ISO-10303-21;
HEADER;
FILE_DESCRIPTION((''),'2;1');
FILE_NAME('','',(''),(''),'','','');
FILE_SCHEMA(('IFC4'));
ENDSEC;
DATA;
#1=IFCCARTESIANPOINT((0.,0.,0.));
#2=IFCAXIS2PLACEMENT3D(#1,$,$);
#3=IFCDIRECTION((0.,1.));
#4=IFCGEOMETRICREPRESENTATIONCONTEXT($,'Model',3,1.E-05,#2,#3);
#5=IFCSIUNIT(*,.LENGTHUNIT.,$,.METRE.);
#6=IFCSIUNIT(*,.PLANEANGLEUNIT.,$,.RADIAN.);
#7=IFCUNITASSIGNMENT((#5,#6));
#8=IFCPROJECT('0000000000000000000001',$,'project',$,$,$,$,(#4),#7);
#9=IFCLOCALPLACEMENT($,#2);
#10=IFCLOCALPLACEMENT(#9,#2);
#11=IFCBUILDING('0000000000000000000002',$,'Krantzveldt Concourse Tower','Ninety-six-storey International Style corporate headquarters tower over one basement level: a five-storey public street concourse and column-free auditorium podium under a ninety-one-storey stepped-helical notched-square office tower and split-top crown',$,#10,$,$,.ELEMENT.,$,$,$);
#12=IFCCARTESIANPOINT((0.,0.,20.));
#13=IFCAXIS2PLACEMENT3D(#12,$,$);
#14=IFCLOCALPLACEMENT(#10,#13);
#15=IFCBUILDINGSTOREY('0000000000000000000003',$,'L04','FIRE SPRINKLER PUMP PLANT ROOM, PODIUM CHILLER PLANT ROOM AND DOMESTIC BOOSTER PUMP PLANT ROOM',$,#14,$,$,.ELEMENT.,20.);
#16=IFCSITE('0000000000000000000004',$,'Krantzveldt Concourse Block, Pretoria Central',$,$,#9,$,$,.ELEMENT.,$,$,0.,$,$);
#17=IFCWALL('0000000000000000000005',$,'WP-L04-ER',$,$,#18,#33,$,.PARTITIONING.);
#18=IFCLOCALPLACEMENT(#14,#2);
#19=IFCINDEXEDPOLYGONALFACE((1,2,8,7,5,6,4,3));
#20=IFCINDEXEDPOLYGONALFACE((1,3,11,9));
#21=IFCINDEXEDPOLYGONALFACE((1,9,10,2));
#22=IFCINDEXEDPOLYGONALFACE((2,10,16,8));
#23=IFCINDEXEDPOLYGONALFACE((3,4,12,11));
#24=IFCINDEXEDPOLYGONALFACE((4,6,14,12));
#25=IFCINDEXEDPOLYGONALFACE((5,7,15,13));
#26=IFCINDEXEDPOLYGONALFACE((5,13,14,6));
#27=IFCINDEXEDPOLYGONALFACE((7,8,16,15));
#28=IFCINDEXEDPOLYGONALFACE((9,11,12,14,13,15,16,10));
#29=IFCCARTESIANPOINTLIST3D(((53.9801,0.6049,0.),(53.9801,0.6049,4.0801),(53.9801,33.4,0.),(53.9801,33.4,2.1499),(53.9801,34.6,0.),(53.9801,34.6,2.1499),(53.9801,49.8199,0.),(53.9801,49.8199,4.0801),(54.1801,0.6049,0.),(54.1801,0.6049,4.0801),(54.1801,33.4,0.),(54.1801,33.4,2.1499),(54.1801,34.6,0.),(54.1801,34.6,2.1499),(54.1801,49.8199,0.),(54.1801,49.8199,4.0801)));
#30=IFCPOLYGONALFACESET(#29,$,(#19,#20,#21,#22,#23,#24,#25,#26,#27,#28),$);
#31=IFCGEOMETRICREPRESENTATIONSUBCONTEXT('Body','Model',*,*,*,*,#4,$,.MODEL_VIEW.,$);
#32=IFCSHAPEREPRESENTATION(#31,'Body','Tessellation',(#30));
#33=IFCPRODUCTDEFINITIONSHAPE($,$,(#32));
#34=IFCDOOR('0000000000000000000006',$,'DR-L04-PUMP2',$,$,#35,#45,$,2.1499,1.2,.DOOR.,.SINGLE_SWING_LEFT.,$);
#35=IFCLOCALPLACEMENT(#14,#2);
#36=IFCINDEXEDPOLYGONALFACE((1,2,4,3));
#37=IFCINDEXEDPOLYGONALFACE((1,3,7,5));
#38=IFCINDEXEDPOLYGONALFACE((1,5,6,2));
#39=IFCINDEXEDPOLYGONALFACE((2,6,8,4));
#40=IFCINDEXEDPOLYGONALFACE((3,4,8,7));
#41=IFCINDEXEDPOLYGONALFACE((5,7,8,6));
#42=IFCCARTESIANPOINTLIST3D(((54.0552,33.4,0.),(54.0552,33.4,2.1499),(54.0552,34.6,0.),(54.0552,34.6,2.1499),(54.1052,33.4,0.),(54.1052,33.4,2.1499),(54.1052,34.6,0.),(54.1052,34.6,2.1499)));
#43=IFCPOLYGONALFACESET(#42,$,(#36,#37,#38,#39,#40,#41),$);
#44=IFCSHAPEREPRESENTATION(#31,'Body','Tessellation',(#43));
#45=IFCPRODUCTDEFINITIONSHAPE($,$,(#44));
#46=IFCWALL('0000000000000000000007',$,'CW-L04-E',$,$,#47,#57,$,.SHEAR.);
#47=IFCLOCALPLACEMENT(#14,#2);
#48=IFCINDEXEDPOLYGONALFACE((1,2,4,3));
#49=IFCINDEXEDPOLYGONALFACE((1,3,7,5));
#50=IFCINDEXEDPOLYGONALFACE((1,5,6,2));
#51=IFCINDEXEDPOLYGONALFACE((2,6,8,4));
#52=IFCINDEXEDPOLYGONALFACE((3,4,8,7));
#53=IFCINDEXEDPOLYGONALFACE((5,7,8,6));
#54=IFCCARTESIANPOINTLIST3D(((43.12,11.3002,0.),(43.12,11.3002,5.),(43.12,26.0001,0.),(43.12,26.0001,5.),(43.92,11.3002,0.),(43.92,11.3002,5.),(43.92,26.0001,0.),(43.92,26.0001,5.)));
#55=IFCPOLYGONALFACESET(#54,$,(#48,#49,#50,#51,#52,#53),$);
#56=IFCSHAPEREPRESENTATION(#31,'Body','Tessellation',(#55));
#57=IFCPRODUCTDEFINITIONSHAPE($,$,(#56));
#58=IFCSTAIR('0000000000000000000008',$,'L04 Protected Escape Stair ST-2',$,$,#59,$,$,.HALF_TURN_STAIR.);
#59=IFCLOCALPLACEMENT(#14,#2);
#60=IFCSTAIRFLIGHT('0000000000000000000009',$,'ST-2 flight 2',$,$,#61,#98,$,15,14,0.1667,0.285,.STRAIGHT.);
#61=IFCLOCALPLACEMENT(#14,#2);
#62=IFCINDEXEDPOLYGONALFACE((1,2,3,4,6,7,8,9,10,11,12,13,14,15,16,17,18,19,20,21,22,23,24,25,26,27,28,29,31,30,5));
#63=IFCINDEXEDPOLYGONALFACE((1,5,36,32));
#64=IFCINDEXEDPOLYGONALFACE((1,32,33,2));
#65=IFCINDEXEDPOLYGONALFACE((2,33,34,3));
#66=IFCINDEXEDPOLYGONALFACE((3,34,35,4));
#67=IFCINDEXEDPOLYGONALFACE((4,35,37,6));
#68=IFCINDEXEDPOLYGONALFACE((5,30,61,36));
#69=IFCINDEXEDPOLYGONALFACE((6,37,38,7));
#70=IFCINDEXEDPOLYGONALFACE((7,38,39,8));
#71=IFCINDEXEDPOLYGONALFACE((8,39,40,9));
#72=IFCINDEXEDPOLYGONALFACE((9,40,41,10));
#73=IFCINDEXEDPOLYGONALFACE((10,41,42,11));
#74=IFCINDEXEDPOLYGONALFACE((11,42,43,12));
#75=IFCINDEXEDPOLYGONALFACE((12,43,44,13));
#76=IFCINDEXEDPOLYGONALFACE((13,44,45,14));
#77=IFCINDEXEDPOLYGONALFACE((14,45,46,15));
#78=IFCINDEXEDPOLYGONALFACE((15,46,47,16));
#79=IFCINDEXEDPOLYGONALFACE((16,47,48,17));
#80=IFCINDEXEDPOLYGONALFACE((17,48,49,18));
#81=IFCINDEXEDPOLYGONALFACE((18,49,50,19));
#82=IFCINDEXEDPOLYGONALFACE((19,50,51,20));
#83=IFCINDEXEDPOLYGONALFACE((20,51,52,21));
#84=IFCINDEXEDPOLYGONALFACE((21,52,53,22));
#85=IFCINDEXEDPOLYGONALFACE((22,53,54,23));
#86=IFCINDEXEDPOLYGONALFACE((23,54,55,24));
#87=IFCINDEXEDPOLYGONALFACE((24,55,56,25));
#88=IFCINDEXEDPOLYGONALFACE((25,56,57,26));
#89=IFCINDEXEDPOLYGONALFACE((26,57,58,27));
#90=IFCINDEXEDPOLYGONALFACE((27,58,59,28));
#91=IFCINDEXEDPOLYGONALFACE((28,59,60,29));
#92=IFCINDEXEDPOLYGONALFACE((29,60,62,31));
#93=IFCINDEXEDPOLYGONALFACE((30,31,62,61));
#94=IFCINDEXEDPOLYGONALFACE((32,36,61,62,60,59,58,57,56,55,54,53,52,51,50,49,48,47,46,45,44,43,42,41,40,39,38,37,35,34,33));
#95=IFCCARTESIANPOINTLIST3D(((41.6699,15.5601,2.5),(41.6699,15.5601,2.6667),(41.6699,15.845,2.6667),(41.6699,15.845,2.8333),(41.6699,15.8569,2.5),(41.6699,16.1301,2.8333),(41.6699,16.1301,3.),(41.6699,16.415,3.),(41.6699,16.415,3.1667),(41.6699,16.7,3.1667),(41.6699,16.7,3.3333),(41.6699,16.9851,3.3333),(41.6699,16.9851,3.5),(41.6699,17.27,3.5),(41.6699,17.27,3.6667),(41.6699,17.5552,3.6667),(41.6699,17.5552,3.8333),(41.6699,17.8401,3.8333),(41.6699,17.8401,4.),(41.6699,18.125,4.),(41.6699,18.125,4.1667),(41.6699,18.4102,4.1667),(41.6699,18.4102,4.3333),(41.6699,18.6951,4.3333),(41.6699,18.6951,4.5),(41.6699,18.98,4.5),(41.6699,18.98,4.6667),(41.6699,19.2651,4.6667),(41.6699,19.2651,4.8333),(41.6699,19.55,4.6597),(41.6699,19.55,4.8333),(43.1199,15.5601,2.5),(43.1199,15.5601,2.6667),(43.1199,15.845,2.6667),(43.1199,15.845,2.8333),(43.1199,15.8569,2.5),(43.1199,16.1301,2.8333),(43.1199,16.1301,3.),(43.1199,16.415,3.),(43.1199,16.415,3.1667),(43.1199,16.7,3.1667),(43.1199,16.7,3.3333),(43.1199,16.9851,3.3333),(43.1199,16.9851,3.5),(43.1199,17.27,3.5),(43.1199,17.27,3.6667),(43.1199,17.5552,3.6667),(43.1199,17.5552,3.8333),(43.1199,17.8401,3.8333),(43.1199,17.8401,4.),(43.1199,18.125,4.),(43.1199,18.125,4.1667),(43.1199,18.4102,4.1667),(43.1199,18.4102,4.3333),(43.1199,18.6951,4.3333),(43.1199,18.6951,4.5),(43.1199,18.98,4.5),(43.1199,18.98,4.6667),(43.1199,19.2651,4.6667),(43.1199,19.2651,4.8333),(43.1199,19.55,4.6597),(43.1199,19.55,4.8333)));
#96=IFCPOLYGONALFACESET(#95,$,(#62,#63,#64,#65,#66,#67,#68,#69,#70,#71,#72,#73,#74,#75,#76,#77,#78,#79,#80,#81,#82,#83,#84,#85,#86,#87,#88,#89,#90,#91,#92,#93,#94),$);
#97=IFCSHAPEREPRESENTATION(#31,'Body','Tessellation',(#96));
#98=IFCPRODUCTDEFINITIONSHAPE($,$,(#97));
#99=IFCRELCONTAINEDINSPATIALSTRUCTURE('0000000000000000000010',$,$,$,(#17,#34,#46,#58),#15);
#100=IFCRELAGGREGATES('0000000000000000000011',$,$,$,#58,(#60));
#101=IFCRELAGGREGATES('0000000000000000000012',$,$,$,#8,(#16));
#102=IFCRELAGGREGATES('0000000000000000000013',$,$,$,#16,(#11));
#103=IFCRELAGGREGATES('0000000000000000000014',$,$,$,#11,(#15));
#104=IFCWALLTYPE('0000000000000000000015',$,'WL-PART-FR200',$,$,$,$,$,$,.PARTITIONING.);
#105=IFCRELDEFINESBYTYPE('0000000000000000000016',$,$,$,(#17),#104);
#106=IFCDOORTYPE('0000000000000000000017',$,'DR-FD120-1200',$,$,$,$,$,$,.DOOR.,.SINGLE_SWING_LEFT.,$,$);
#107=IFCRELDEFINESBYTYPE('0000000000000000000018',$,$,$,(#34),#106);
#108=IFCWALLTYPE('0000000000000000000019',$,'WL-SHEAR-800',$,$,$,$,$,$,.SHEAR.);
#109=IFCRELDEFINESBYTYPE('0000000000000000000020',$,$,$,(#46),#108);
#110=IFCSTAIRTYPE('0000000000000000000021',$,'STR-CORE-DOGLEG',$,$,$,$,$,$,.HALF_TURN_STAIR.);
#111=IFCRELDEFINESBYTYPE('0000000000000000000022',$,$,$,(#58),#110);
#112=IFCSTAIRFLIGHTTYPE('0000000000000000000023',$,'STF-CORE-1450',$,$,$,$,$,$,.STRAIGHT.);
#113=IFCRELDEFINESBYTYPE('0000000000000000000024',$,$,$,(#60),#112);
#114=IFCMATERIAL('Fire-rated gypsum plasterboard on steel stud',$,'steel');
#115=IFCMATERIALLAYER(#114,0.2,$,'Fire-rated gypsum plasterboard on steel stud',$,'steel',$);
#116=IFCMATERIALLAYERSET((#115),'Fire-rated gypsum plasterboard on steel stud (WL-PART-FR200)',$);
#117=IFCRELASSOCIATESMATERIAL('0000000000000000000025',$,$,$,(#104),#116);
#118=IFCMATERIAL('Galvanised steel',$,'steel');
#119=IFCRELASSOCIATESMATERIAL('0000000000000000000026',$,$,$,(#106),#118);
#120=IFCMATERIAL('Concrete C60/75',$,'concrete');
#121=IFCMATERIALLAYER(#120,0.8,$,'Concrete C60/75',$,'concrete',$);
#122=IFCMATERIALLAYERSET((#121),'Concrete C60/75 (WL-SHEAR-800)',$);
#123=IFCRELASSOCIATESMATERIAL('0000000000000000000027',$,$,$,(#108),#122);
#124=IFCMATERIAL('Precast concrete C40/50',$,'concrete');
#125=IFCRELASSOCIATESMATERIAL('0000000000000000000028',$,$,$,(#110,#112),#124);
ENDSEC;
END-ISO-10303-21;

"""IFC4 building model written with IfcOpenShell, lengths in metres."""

from ifc_helpers import new_model, si_unit, direction, frame, frame_2d, origin, place, context, subcontext, project, spatial, polyline, rectangle, outline, extrude, material, layer, layer_set, type_object, element, fill, aggregate, save


model = new_model("IFC4")

# Units and contexts
model_context = context("Model", 3, precision=1e-05, world=origin(), true_north=direction((0.0, 1.0)))
body_context = subcontext(model_context, "Body", "Model", "MODEL_VIEW")
ifc_project = project(units=[si_unit("LENGTHUNIT", "METRE"), si_unit("PLANEANGLEUNIT", "RADIAN")], contexts=[model_context])

# Site, building, storey
site_placement = place(None, origin())
site = spatial("IfcSite", under=ifc_project, at=site_placement, Name="Krantzveldt Concourse Block, Pretoria Central", CompositionType="ELEMENT", RefElevation=0.0)
building_placement = place(site_placement, origin())
building = spatial("IfcBuilding", under=site, at=building_placement, Name="Krantzveldt Concourse Tower", Description="Ninety-six-storey International Style corporate headquarters tower over one basement level: a five-storey public street concourse and column-free auditorium podium under a ninety-one-storey stepped-helical notched-square office tower and split-top crown", CompositionType="ELEMENT")
storey_placement = place(building_placement, frame((0.0, 0.0, 20.0)))
storey = spatial("IfcBuildingStorey", under=building, at=storey_placement, Name="L04", Description="FIRE SPRINKLER PUMP PLANT ROOM, PODIUM CHILLER PLANT ROOM AND DOMESTIC BOOSTER PUMP PLANT ROOM", CompositionType="ELEMENT", Elevation=20.0)

# Shared definitions
ifc_material_1 = material(Name="Concrete C60/75", Category="concrete")

# Shared definitions
ifc_material_2 = material(Name="Fire-rated gypsum plasterboard on steel stud", Category="steel")

# Wall, opening, door
ifc_layer_1 = layer(ifc_material_2, 0.2, Name="Fire-rated gypsum plasterboard on steel stud", Category="steel")
ifc_layer_set_1 = layer_set([ifc_layer_1], Name="Fire-rated gypsum plasterboard on steel stud (WL-PART-FR200)")
wall_type_1 = type_object("IfcWallType", Name="WL-PART-FR200", PredefinedType="PARTITIONING", material=ifc_layer_set_1)
wall_1_placement = place(storey_placement, frame((54.0801, 0.605, 0.0), z_axis=(0.0, 0.0, 1.0), x_axis=(0.0, 1.0, 0.0)))
wall_1 = element("IfcWall", 1, at=wall_1_placement, inside=storey, type_object=wall_type_1, Name="WP-L04-ER", PredefinedType="PARTITIONING", context=body_context, shape_type="SweptSolid", body=[
    extrude(rectangle(XDim=49.2151, YDim=0.2, at=frame_2d((24.6074, 0.0))), origin(), (0.0, 0.0, 1.0), 4.0801),
])
opening_1_placement = place(wall_1_placement, frame((32.7949, 0.0, 0.0)))
opening_1 = element("IfcOpeningElement", 2, at=opening_1_placement, cuts=wall_1, PredefinedType="OPENING", context=body_context, shape_type="SweptSolid", body=[
    extrude(rectangle(XDim=1.2, YDim=2.1499, at=frame_2d((0.6001, 1.075))), frame((0.0, 0.1099, 0.0), z_axis=(0.0, -1.0, 0.0), x_axis=(1.0, 0.0, 0.0)), (0.0, 0.0, 1.0), 0.22),
])
ifc_material_3 = material(Name="Galvanised steel", Category="steel")
door_type = type_object("IfcDoorType", Name="DR-FD120-1200", OperationType="SINGLE_SWING_LEFT", PredefinedType="DOOR", material=ifc_material_3)
door_placement = place(opening_1_placement, origin())
door = element("IfcDoor", 3, at=door_placement, inside=storey, type_object=door_type, Name="DR-L04-PUMP2", OperationType="SINGLE_SWING_LEFT", OverallHeight=2.1499, OverallWidth=1.2, PredefinedType="DOOR", context=body_context, shape_type="SweptSolid", body=[
    extrude(rectangle(XDim=1.2, YDim=2.1499, at=frame_2d((0.6001, 1.075))), frame((0.0, 0.0249, 0.0), z_axis=(0.0, -1.0, 0.0), x_axis=(1.0, 0.0, 0.0)), (0.0, 0.0, 1.0), 0.05),
])
fill(opening_1, door)

# Wall
ifc_layer_2 = layer(ifc_material_1, 0.8, Name="Concrete C60/75", Category="concrete")
ifc_layer_set_2 = layer_set([ifc_layer_2], Name="Concrete C60/75 (WL-SHEAR-800)")
wall_type_2 = type_object("IfcWallType", Name="WL-SHEAR-800", PredefinedType="SHEAR", material=ifc_layer_set_2)
wall_2_placement = place(storey_placement, frame((43.52, 11.3, 0.0), z_axis=(0.0, 0.0, 1.0), x_axis=(0.0, 1.0, 0.0)))
element("IfcWall", 4, at=wall_2_placement, inside=storey, type_object=wall_type_2, Name="CW-L04-E", PredefinedType="SHEAR", context=body_context, shape_type="SweptSolid", body=[
    extrude(rectangle(XDim=14.7, YDim=0.8, at=frame_2d((7.3501, 0.0))), origin(), (0.0, 0.0, 1.0), 5.0),
])

# Stair, stair flight
ifc_material_4 = material(Name="Precast concrete C40/50", Category="concrete")
stair_type = type_object("IfcStairType", Name="STR-CORE-DOGLEG", PredefinedType="HALF_TURN_STAIR", material=ifc_material_4)
stair_placement = place(storey_placement, origin())
stair = element("IfcStair", 5, at=stair_placement, inside=storey, type_object=stair_type, Name="L04 Protected Escape Stair ST-2", PredefinedType="HALF_TURN_STAIR")
stair_flight_type = type_object("IfcStairFlightType", Name="STF-CORE-1450", PredefinedType="STRAIGHT", material=ifc_material_4)
stair_flight_placement = place(storey_placement, frame((42.395, 15.5601, 2.5), z_axis=(0.0, 0.0, 1.0), x_axis=(0.0, 1.0, 0.0)))
stair_flight = element("IfcStairFlight", 6, at=stair_flight_placement, type_object=stair_flight_type, Name="ST-2 flight 2", NumberOfRisers=15, NumberOfTreads=14, PredefinedType="STRAIGHT", RiserHeight=0.1667, TreadLength=0.285, context=body_context, shape_type="SweptSolid", body=[
    extrude(outline(polyline([(0.0, 0.0), (0.0, 0.1667), (0.2849, 0.1667), (0.2849, 0.3333), (0.5701, 0.3333), (0.5701, 0.5), (0.855, 0.5), (0.855, 0.6667), (1.1399, 0.6667), (1.1399, 0.8333), (1.425, 0.8333), (1.425, 1.0), (1.71, 1.0), (1.71, 1.1667), (1.9951, 1.1667), (1.9951, 1.3333), (2.28, 1.3333), (2.28, 1.5), (2.5649, 1.5), (2.5649, 1.6667), (2.8501, 1.6667), (2.8501, 1.8333), (3.135, 1.8333), (3.135, 2.0), (3.4199, 2.0), (3.4199, 2.1667), (3.7051, 2.1667), (3.7051, 2.3333), (3.99, 2.3333), (3.99, 2.5), (3.99, 2.1597), (0.2969, 0.0), (0.0, 0.0)])), frame((0.0, 0.7251, 0.0), z_axis=(0.0, -1.0, 0.0), x_axis=(1.0, 0.0, 0.0)), (0.0, 0.0, 1.0), 1.45),
])
aggregate(stair, [stair_flight])

save(model, "model.ifc")
